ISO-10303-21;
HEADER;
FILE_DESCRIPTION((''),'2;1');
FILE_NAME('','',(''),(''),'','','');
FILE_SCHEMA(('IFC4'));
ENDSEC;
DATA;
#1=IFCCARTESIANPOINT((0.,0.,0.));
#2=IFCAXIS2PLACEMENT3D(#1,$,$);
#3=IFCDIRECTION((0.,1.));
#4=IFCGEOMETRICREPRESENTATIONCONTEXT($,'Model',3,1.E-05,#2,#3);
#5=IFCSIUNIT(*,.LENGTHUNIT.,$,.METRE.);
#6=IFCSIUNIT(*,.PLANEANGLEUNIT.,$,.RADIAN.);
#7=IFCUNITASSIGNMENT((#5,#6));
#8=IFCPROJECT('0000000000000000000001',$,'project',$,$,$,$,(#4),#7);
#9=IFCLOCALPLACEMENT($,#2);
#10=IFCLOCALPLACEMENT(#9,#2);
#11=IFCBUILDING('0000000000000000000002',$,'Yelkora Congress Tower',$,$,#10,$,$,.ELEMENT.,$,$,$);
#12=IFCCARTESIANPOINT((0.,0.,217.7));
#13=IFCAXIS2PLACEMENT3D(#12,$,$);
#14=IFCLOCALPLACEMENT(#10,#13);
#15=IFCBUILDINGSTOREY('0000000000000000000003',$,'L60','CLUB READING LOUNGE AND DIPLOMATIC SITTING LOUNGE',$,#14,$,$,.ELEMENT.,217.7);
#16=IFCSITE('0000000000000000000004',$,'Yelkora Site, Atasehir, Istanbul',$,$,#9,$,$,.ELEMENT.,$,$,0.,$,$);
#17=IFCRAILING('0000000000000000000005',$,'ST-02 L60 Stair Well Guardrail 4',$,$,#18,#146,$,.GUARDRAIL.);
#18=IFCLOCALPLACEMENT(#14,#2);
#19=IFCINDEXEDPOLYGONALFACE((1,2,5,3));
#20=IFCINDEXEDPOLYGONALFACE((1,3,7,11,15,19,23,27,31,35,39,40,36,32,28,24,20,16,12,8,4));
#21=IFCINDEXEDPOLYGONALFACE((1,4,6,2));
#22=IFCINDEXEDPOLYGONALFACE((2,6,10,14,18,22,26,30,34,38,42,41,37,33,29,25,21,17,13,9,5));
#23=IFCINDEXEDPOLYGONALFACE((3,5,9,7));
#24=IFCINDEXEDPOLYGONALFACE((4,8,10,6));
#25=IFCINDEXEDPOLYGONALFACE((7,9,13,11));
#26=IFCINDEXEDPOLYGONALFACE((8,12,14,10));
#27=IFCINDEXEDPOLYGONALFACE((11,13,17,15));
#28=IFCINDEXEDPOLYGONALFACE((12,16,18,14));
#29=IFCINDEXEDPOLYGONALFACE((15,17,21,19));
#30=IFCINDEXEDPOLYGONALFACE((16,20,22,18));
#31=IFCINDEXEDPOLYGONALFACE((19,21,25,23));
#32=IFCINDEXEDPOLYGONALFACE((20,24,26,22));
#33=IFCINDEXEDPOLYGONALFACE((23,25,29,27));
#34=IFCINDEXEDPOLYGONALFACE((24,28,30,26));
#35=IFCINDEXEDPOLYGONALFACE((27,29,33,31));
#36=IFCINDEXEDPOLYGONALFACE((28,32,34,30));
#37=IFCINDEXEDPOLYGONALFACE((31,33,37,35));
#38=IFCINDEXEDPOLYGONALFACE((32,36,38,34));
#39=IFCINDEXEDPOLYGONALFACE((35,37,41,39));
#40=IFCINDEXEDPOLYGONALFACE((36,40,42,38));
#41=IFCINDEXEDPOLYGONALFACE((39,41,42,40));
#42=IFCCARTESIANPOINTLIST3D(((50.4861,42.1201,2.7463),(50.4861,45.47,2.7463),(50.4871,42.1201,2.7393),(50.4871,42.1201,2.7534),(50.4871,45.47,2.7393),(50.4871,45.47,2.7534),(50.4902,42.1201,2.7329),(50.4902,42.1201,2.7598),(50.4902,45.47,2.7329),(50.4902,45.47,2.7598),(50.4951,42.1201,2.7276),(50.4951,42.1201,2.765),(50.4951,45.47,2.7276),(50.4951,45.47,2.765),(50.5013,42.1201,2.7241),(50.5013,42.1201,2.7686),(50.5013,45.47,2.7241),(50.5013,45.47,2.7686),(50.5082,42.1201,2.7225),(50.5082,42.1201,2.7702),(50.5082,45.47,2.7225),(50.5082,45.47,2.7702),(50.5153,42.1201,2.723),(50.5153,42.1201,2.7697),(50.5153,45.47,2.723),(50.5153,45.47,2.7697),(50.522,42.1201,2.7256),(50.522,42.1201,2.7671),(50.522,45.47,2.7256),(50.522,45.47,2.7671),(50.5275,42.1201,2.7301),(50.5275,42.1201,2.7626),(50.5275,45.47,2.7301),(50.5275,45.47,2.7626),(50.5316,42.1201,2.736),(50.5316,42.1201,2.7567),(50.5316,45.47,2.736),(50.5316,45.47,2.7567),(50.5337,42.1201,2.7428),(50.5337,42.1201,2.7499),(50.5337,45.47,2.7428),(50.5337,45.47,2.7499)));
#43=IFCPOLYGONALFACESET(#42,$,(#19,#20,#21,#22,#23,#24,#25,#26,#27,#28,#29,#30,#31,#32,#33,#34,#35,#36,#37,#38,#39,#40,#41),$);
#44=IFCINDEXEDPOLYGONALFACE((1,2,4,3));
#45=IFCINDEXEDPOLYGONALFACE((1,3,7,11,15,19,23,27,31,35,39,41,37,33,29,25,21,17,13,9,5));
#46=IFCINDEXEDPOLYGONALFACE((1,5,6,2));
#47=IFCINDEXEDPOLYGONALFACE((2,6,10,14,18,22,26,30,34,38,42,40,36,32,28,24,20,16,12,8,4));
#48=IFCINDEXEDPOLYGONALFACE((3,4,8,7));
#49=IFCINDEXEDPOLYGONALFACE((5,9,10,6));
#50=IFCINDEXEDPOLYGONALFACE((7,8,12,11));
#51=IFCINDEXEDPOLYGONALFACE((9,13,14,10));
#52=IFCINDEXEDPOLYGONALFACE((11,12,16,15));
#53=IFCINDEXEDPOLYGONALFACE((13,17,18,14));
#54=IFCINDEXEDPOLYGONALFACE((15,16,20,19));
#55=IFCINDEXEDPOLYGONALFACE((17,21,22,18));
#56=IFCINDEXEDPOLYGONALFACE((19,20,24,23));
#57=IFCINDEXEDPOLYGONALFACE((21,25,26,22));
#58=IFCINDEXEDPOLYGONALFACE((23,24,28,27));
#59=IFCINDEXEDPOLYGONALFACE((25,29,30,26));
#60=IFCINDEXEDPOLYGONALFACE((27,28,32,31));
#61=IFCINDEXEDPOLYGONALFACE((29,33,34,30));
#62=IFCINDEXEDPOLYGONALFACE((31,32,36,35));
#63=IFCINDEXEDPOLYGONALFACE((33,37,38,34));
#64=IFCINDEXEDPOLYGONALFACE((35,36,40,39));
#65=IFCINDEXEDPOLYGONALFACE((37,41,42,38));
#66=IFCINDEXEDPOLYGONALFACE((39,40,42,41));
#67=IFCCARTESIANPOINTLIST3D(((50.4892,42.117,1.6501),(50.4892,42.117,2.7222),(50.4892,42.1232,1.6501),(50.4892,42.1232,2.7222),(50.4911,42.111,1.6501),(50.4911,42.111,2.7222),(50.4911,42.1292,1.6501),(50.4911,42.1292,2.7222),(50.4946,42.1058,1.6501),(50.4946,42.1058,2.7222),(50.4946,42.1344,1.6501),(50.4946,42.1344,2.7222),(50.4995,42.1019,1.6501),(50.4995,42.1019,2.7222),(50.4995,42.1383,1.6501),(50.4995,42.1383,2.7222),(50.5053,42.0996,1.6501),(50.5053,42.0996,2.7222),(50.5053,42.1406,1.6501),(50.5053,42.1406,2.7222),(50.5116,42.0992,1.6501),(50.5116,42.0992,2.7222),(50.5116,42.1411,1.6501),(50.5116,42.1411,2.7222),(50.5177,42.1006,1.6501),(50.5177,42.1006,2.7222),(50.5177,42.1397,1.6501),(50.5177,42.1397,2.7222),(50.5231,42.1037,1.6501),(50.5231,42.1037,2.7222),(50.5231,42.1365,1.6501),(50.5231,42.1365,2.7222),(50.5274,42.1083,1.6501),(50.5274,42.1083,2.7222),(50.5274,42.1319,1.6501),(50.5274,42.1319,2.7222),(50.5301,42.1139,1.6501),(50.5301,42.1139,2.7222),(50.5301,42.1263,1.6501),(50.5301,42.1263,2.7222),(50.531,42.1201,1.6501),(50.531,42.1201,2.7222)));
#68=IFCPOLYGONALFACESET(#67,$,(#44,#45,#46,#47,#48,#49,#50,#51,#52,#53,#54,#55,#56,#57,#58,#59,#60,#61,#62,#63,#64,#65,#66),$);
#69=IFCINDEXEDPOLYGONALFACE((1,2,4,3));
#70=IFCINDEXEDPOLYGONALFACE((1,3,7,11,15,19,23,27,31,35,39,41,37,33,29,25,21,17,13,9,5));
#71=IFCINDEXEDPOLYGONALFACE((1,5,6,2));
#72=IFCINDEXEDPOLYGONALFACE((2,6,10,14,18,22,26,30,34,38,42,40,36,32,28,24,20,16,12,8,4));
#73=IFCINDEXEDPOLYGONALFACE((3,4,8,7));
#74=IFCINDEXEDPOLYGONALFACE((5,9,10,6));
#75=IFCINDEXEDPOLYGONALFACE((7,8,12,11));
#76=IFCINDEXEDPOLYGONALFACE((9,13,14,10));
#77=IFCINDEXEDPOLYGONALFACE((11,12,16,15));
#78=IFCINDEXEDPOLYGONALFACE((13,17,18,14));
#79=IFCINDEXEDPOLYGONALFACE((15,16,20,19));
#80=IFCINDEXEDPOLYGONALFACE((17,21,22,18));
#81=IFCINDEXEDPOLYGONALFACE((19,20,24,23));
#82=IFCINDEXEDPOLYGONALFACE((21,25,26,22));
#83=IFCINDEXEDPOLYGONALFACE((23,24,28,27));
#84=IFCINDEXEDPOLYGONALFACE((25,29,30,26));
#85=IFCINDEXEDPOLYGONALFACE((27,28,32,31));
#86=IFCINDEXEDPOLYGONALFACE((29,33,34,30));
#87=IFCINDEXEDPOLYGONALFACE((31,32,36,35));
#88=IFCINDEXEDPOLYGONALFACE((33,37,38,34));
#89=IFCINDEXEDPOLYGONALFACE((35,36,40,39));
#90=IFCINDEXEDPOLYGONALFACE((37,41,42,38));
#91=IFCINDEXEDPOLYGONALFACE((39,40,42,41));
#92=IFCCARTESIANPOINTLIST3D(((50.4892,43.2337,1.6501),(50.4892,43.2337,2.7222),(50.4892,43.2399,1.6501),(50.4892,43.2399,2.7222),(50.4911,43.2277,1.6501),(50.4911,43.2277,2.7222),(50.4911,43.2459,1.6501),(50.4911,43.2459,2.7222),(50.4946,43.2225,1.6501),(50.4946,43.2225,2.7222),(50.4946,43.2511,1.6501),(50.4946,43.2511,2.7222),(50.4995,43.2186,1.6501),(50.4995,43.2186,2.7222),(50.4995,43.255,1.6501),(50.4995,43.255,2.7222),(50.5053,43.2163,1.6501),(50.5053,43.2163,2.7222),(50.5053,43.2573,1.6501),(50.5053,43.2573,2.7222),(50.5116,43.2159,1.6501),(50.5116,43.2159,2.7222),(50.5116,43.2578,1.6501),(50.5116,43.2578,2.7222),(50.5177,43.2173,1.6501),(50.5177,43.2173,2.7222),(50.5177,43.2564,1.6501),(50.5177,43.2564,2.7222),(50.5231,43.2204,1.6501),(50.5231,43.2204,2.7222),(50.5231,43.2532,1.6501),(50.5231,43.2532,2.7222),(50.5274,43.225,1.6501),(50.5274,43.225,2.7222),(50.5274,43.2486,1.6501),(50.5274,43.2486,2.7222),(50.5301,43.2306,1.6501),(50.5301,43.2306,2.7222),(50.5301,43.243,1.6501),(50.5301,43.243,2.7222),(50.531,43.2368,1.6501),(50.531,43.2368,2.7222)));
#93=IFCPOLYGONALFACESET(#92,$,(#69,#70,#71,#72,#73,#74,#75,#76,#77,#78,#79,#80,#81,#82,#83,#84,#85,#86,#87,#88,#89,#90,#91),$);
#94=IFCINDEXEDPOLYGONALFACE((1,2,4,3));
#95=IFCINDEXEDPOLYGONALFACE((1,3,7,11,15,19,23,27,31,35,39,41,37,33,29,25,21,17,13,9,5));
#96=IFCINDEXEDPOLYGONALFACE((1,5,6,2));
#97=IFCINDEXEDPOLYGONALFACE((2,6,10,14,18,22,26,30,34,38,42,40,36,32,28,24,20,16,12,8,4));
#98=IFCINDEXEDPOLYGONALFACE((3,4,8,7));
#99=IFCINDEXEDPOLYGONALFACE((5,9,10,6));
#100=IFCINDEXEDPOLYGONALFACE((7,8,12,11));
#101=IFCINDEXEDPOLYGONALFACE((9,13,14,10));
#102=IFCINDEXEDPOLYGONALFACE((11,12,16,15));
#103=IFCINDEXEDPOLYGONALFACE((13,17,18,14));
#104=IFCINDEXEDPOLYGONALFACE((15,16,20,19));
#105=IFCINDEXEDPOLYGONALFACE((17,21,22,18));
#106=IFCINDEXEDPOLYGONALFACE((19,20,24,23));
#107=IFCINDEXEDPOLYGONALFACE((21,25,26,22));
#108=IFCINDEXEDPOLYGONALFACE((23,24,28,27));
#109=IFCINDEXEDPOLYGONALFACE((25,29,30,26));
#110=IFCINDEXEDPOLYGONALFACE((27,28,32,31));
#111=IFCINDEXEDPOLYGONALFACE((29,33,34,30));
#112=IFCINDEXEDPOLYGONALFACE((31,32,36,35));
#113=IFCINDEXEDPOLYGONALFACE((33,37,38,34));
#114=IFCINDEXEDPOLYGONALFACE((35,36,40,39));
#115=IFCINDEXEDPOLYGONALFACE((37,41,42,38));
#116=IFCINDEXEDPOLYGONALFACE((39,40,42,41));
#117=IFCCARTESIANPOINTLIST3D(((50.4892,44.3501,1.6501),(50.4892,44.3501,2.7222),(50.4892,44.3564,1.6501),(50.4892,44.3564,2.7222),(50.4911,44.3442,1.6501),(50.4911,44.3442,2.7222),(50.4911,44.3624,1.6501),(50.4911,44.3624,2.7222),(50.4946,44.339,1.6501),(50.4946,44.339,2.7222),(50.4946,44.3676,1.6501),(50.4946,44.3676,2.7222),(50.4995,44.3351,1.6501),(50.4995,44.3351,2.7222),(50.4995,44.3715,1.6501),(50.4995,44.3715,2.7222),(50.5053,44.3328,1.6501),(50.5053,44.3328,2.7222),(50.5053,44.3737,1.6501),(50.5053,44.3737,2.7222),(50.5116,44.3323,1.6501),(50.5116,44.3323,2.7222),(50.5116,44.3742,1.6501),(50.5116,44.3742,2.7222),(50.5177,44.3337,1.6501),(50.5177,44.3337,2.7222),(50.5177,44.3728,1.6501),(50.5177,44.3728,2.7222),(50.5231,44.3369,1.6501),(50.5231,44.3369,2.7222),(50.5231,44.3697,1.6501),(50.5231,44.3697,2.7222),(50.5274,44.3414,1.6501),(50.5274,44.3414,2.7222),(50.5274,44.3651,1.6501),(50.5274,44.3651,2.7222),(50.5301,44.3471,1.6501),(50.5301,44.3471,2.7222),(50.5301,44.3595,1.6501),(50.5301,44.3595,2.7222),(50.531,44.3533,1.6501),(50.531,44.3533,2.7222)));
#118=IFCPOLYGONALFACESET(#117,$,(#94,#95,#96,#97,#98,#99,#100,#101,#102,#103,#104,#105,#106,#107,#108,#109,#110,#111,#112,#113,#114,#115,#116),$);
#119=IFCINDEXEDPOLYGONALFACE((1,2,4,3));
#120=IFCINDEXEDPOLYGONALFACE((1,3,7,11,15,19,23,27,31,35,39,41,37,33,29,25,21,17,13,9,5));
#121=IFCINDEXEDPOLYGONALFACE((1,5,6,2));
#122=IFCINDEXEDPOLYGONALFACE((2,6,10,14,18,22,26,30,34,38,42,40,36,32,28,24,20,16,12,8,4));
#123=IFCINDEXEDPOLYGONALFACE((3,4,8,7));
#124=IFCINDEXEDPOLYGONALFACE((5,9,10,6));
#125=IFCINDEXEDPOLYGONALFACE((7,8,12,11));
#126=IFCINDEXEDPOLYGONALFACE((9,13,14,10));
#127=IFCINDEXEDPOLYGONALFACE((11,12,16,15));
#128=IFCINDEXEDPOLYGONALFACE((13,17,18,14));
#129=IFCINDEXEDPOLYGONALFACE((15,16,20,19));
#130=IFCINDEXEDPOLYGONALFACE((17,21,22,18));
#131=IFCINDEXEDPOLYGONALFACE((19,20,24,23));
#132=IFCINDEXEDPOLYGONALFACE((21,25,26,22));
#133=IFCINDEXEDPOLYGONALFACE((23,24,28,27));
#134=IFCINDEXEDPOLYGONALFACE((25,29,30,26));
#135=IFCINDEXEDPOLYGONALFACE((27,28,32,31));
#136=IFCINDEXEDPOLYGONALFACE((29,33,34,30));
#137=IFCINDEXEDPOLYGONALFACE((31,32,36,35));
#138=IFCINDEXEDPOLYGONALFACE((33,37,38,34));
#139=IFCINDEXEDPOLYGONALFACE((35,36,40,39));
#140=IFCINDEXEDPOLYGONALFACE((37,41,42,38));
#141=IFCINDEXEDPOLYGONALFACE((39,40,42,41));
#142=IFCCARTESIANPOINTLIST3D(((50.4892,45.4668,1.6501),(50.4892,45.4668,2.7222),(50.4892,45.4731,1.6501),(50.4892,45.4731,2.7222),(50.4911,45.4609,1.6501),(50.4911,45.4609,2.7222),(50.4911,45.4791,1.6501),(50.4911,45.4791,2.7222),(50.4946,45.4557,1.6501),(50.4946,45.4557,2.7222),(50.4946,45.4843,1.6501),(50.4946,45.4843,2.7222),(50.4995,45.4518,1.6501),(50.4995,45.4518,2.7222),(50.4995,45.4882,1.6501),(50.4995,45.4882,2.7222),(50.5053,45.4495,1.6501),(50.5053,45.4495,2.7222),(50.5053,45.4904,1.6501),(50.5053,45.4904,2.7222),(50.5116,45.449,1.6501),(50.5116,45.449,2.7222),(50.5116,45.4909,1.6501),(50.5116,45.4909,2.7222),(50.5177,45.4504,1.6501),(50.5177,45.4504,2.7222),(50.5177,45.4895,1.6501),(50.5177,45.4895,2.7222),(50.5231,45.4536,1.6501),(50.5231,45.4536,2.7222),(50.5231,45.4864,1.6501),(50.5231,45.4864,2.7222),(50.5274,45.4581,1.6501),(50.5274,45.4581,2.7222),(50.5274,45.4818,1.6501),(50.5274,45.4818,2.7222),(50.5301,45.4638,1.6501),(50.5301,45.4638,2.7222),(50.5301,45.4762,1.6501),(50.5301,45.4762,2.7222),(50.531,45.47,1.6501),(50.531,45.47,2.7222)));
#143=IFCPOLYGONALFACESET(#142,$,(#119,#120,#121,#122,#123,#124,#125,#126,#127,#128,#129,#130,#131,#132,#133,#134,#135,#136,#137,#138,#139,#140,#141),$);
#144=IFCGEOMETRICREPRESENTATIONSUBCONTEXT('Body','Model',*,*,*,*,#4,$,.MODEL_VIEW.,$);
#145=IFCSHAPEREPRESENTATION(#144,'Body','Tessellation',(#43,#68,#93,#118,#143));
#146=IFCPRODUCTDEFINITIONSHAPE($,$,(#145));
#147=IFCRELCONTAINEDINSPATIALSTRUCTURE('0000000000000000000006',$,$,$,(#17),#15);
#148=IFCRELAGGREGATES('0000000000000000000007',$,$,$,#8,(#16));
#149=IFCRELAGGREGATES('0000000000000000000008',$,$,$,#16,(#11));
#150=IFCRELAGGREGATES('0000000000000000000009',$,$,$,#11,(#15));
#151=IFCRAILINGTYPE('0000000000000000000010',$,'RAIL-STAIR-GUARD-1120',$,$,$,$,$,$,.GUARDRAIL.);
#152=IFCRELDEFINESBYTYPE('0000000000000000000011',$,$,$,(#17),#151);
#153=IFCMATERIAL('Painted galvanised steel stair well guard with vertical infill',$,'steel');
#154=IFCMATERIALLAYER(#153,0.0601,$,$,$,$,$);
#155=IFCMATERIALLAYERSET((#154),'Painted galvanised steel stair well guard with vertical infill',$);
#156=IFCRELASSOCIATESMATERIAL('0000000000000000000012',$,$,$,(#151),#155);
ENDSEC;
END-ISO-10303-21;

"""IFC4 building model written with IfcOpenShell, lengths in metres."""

from ifc_helpers import new_model, si_unit, direction, frame, origin, origin_2d, place, context, subcontext, project, spatial, circle, extrude, material, layer, layer_set, type_object, element, save


model = new_model("IFC4")

# Units and contexts
model_context = context("Model", 3, precision=1e-05, world=origin(), true_north=direction((0.0, 1.0)))
body_context = subcontext(model_context, "Body", "Model", "MODEL_VIEW")
ifc_project = project(units=[si_unit("LENGTHUNIT", "METRE"), si_unit("PLANEANGLEUNIT", "RADIAN")], contexts=[model_context])

# Site, building, storey
site_placement = place(None, origin())
site = spatial("IfcSite", under=ifc_project, at=site_placement, Name="Yelkora Site, Atasehir, Istanbul", CompositionType="ELEMENT", RefElevation=0.0)
building_placement = place(site_placement, origin())
building = spatial("IfcBuilding", under=site, at=building_placement, Name="Yelkora Congress Tower", CompositionType="ELEMENT")
storey_placement = place(building_placement, frame((0.0, 0.0, 217.7)))
storey = spatial("IfcBuildingStorey", under=building, at=storey_placement, Name="L60", Description="CLUB READING LOUNGE AND DIPLOMATIC SITTING LOUNGE", CompositionType="ELEMENT", Elevation=217.7)

# Railing
ifc_material_1 = material(Name="Painted galvanised steel stair well guard with vertical infill", Category="steel")
ifc_layer_1 = layer(ifc_material_1, 0.0601)
ifc_layer_set_1 = layer_set([ifc_layer_1], Name="Painted galvanised steel stair well guard with vertical infill")
railing_type_1 = type_object("IfcRailingType", Name="RAIL-STAIR-GUARD-1120", PredefinedType="GUARDRAIL", material=ifc_layer_set_1)
railing_1_placement = place(storey_placement, frame((50.51, 42.1201, 1.6501)))
element("IfcRailing", 1, at=railing_1_placement, inside=storey, type_object=railing_type_1, Name="ST-02 L60 Stair Well Guardrail 4", PredefinedType="GUARDRAIL", context=body_context, shape_type="SweptSolid", body=[
    extrude(circle(Radius=0.0239, at=origin_2d()), frame((0.0, 0.0, 1.0962), z_axis=(0.0, 1.0, 0.0), x_axis=(-1.0, 0.0, 0.0)), (0.0, 0.0, 1.0), 3.3499),
    extrude(circle(Radius=0.021, at=origin_2d()), origin(), (0.0, 0.0, 1.0), 1.072),
    extrude(circle(Radius=0.021, at=origin_2d()), frame((0.0, 1.1167, 0.0)), (0.0, 0.0, 1.0), 1.072),
    extrude(circle(Radius=0.021, at=origin_2d()), frame((0.0, 2.2332, 0.0)), (0.0, 0.0, 1.0), 1.072),
    extrude(circle(Radius=0.021, at=origin_2d()), frame((0.0, 3.3499, 0.0)), (0.0, 0.0, 1.0), 1.072),
])

save(model, "model.ifc")
